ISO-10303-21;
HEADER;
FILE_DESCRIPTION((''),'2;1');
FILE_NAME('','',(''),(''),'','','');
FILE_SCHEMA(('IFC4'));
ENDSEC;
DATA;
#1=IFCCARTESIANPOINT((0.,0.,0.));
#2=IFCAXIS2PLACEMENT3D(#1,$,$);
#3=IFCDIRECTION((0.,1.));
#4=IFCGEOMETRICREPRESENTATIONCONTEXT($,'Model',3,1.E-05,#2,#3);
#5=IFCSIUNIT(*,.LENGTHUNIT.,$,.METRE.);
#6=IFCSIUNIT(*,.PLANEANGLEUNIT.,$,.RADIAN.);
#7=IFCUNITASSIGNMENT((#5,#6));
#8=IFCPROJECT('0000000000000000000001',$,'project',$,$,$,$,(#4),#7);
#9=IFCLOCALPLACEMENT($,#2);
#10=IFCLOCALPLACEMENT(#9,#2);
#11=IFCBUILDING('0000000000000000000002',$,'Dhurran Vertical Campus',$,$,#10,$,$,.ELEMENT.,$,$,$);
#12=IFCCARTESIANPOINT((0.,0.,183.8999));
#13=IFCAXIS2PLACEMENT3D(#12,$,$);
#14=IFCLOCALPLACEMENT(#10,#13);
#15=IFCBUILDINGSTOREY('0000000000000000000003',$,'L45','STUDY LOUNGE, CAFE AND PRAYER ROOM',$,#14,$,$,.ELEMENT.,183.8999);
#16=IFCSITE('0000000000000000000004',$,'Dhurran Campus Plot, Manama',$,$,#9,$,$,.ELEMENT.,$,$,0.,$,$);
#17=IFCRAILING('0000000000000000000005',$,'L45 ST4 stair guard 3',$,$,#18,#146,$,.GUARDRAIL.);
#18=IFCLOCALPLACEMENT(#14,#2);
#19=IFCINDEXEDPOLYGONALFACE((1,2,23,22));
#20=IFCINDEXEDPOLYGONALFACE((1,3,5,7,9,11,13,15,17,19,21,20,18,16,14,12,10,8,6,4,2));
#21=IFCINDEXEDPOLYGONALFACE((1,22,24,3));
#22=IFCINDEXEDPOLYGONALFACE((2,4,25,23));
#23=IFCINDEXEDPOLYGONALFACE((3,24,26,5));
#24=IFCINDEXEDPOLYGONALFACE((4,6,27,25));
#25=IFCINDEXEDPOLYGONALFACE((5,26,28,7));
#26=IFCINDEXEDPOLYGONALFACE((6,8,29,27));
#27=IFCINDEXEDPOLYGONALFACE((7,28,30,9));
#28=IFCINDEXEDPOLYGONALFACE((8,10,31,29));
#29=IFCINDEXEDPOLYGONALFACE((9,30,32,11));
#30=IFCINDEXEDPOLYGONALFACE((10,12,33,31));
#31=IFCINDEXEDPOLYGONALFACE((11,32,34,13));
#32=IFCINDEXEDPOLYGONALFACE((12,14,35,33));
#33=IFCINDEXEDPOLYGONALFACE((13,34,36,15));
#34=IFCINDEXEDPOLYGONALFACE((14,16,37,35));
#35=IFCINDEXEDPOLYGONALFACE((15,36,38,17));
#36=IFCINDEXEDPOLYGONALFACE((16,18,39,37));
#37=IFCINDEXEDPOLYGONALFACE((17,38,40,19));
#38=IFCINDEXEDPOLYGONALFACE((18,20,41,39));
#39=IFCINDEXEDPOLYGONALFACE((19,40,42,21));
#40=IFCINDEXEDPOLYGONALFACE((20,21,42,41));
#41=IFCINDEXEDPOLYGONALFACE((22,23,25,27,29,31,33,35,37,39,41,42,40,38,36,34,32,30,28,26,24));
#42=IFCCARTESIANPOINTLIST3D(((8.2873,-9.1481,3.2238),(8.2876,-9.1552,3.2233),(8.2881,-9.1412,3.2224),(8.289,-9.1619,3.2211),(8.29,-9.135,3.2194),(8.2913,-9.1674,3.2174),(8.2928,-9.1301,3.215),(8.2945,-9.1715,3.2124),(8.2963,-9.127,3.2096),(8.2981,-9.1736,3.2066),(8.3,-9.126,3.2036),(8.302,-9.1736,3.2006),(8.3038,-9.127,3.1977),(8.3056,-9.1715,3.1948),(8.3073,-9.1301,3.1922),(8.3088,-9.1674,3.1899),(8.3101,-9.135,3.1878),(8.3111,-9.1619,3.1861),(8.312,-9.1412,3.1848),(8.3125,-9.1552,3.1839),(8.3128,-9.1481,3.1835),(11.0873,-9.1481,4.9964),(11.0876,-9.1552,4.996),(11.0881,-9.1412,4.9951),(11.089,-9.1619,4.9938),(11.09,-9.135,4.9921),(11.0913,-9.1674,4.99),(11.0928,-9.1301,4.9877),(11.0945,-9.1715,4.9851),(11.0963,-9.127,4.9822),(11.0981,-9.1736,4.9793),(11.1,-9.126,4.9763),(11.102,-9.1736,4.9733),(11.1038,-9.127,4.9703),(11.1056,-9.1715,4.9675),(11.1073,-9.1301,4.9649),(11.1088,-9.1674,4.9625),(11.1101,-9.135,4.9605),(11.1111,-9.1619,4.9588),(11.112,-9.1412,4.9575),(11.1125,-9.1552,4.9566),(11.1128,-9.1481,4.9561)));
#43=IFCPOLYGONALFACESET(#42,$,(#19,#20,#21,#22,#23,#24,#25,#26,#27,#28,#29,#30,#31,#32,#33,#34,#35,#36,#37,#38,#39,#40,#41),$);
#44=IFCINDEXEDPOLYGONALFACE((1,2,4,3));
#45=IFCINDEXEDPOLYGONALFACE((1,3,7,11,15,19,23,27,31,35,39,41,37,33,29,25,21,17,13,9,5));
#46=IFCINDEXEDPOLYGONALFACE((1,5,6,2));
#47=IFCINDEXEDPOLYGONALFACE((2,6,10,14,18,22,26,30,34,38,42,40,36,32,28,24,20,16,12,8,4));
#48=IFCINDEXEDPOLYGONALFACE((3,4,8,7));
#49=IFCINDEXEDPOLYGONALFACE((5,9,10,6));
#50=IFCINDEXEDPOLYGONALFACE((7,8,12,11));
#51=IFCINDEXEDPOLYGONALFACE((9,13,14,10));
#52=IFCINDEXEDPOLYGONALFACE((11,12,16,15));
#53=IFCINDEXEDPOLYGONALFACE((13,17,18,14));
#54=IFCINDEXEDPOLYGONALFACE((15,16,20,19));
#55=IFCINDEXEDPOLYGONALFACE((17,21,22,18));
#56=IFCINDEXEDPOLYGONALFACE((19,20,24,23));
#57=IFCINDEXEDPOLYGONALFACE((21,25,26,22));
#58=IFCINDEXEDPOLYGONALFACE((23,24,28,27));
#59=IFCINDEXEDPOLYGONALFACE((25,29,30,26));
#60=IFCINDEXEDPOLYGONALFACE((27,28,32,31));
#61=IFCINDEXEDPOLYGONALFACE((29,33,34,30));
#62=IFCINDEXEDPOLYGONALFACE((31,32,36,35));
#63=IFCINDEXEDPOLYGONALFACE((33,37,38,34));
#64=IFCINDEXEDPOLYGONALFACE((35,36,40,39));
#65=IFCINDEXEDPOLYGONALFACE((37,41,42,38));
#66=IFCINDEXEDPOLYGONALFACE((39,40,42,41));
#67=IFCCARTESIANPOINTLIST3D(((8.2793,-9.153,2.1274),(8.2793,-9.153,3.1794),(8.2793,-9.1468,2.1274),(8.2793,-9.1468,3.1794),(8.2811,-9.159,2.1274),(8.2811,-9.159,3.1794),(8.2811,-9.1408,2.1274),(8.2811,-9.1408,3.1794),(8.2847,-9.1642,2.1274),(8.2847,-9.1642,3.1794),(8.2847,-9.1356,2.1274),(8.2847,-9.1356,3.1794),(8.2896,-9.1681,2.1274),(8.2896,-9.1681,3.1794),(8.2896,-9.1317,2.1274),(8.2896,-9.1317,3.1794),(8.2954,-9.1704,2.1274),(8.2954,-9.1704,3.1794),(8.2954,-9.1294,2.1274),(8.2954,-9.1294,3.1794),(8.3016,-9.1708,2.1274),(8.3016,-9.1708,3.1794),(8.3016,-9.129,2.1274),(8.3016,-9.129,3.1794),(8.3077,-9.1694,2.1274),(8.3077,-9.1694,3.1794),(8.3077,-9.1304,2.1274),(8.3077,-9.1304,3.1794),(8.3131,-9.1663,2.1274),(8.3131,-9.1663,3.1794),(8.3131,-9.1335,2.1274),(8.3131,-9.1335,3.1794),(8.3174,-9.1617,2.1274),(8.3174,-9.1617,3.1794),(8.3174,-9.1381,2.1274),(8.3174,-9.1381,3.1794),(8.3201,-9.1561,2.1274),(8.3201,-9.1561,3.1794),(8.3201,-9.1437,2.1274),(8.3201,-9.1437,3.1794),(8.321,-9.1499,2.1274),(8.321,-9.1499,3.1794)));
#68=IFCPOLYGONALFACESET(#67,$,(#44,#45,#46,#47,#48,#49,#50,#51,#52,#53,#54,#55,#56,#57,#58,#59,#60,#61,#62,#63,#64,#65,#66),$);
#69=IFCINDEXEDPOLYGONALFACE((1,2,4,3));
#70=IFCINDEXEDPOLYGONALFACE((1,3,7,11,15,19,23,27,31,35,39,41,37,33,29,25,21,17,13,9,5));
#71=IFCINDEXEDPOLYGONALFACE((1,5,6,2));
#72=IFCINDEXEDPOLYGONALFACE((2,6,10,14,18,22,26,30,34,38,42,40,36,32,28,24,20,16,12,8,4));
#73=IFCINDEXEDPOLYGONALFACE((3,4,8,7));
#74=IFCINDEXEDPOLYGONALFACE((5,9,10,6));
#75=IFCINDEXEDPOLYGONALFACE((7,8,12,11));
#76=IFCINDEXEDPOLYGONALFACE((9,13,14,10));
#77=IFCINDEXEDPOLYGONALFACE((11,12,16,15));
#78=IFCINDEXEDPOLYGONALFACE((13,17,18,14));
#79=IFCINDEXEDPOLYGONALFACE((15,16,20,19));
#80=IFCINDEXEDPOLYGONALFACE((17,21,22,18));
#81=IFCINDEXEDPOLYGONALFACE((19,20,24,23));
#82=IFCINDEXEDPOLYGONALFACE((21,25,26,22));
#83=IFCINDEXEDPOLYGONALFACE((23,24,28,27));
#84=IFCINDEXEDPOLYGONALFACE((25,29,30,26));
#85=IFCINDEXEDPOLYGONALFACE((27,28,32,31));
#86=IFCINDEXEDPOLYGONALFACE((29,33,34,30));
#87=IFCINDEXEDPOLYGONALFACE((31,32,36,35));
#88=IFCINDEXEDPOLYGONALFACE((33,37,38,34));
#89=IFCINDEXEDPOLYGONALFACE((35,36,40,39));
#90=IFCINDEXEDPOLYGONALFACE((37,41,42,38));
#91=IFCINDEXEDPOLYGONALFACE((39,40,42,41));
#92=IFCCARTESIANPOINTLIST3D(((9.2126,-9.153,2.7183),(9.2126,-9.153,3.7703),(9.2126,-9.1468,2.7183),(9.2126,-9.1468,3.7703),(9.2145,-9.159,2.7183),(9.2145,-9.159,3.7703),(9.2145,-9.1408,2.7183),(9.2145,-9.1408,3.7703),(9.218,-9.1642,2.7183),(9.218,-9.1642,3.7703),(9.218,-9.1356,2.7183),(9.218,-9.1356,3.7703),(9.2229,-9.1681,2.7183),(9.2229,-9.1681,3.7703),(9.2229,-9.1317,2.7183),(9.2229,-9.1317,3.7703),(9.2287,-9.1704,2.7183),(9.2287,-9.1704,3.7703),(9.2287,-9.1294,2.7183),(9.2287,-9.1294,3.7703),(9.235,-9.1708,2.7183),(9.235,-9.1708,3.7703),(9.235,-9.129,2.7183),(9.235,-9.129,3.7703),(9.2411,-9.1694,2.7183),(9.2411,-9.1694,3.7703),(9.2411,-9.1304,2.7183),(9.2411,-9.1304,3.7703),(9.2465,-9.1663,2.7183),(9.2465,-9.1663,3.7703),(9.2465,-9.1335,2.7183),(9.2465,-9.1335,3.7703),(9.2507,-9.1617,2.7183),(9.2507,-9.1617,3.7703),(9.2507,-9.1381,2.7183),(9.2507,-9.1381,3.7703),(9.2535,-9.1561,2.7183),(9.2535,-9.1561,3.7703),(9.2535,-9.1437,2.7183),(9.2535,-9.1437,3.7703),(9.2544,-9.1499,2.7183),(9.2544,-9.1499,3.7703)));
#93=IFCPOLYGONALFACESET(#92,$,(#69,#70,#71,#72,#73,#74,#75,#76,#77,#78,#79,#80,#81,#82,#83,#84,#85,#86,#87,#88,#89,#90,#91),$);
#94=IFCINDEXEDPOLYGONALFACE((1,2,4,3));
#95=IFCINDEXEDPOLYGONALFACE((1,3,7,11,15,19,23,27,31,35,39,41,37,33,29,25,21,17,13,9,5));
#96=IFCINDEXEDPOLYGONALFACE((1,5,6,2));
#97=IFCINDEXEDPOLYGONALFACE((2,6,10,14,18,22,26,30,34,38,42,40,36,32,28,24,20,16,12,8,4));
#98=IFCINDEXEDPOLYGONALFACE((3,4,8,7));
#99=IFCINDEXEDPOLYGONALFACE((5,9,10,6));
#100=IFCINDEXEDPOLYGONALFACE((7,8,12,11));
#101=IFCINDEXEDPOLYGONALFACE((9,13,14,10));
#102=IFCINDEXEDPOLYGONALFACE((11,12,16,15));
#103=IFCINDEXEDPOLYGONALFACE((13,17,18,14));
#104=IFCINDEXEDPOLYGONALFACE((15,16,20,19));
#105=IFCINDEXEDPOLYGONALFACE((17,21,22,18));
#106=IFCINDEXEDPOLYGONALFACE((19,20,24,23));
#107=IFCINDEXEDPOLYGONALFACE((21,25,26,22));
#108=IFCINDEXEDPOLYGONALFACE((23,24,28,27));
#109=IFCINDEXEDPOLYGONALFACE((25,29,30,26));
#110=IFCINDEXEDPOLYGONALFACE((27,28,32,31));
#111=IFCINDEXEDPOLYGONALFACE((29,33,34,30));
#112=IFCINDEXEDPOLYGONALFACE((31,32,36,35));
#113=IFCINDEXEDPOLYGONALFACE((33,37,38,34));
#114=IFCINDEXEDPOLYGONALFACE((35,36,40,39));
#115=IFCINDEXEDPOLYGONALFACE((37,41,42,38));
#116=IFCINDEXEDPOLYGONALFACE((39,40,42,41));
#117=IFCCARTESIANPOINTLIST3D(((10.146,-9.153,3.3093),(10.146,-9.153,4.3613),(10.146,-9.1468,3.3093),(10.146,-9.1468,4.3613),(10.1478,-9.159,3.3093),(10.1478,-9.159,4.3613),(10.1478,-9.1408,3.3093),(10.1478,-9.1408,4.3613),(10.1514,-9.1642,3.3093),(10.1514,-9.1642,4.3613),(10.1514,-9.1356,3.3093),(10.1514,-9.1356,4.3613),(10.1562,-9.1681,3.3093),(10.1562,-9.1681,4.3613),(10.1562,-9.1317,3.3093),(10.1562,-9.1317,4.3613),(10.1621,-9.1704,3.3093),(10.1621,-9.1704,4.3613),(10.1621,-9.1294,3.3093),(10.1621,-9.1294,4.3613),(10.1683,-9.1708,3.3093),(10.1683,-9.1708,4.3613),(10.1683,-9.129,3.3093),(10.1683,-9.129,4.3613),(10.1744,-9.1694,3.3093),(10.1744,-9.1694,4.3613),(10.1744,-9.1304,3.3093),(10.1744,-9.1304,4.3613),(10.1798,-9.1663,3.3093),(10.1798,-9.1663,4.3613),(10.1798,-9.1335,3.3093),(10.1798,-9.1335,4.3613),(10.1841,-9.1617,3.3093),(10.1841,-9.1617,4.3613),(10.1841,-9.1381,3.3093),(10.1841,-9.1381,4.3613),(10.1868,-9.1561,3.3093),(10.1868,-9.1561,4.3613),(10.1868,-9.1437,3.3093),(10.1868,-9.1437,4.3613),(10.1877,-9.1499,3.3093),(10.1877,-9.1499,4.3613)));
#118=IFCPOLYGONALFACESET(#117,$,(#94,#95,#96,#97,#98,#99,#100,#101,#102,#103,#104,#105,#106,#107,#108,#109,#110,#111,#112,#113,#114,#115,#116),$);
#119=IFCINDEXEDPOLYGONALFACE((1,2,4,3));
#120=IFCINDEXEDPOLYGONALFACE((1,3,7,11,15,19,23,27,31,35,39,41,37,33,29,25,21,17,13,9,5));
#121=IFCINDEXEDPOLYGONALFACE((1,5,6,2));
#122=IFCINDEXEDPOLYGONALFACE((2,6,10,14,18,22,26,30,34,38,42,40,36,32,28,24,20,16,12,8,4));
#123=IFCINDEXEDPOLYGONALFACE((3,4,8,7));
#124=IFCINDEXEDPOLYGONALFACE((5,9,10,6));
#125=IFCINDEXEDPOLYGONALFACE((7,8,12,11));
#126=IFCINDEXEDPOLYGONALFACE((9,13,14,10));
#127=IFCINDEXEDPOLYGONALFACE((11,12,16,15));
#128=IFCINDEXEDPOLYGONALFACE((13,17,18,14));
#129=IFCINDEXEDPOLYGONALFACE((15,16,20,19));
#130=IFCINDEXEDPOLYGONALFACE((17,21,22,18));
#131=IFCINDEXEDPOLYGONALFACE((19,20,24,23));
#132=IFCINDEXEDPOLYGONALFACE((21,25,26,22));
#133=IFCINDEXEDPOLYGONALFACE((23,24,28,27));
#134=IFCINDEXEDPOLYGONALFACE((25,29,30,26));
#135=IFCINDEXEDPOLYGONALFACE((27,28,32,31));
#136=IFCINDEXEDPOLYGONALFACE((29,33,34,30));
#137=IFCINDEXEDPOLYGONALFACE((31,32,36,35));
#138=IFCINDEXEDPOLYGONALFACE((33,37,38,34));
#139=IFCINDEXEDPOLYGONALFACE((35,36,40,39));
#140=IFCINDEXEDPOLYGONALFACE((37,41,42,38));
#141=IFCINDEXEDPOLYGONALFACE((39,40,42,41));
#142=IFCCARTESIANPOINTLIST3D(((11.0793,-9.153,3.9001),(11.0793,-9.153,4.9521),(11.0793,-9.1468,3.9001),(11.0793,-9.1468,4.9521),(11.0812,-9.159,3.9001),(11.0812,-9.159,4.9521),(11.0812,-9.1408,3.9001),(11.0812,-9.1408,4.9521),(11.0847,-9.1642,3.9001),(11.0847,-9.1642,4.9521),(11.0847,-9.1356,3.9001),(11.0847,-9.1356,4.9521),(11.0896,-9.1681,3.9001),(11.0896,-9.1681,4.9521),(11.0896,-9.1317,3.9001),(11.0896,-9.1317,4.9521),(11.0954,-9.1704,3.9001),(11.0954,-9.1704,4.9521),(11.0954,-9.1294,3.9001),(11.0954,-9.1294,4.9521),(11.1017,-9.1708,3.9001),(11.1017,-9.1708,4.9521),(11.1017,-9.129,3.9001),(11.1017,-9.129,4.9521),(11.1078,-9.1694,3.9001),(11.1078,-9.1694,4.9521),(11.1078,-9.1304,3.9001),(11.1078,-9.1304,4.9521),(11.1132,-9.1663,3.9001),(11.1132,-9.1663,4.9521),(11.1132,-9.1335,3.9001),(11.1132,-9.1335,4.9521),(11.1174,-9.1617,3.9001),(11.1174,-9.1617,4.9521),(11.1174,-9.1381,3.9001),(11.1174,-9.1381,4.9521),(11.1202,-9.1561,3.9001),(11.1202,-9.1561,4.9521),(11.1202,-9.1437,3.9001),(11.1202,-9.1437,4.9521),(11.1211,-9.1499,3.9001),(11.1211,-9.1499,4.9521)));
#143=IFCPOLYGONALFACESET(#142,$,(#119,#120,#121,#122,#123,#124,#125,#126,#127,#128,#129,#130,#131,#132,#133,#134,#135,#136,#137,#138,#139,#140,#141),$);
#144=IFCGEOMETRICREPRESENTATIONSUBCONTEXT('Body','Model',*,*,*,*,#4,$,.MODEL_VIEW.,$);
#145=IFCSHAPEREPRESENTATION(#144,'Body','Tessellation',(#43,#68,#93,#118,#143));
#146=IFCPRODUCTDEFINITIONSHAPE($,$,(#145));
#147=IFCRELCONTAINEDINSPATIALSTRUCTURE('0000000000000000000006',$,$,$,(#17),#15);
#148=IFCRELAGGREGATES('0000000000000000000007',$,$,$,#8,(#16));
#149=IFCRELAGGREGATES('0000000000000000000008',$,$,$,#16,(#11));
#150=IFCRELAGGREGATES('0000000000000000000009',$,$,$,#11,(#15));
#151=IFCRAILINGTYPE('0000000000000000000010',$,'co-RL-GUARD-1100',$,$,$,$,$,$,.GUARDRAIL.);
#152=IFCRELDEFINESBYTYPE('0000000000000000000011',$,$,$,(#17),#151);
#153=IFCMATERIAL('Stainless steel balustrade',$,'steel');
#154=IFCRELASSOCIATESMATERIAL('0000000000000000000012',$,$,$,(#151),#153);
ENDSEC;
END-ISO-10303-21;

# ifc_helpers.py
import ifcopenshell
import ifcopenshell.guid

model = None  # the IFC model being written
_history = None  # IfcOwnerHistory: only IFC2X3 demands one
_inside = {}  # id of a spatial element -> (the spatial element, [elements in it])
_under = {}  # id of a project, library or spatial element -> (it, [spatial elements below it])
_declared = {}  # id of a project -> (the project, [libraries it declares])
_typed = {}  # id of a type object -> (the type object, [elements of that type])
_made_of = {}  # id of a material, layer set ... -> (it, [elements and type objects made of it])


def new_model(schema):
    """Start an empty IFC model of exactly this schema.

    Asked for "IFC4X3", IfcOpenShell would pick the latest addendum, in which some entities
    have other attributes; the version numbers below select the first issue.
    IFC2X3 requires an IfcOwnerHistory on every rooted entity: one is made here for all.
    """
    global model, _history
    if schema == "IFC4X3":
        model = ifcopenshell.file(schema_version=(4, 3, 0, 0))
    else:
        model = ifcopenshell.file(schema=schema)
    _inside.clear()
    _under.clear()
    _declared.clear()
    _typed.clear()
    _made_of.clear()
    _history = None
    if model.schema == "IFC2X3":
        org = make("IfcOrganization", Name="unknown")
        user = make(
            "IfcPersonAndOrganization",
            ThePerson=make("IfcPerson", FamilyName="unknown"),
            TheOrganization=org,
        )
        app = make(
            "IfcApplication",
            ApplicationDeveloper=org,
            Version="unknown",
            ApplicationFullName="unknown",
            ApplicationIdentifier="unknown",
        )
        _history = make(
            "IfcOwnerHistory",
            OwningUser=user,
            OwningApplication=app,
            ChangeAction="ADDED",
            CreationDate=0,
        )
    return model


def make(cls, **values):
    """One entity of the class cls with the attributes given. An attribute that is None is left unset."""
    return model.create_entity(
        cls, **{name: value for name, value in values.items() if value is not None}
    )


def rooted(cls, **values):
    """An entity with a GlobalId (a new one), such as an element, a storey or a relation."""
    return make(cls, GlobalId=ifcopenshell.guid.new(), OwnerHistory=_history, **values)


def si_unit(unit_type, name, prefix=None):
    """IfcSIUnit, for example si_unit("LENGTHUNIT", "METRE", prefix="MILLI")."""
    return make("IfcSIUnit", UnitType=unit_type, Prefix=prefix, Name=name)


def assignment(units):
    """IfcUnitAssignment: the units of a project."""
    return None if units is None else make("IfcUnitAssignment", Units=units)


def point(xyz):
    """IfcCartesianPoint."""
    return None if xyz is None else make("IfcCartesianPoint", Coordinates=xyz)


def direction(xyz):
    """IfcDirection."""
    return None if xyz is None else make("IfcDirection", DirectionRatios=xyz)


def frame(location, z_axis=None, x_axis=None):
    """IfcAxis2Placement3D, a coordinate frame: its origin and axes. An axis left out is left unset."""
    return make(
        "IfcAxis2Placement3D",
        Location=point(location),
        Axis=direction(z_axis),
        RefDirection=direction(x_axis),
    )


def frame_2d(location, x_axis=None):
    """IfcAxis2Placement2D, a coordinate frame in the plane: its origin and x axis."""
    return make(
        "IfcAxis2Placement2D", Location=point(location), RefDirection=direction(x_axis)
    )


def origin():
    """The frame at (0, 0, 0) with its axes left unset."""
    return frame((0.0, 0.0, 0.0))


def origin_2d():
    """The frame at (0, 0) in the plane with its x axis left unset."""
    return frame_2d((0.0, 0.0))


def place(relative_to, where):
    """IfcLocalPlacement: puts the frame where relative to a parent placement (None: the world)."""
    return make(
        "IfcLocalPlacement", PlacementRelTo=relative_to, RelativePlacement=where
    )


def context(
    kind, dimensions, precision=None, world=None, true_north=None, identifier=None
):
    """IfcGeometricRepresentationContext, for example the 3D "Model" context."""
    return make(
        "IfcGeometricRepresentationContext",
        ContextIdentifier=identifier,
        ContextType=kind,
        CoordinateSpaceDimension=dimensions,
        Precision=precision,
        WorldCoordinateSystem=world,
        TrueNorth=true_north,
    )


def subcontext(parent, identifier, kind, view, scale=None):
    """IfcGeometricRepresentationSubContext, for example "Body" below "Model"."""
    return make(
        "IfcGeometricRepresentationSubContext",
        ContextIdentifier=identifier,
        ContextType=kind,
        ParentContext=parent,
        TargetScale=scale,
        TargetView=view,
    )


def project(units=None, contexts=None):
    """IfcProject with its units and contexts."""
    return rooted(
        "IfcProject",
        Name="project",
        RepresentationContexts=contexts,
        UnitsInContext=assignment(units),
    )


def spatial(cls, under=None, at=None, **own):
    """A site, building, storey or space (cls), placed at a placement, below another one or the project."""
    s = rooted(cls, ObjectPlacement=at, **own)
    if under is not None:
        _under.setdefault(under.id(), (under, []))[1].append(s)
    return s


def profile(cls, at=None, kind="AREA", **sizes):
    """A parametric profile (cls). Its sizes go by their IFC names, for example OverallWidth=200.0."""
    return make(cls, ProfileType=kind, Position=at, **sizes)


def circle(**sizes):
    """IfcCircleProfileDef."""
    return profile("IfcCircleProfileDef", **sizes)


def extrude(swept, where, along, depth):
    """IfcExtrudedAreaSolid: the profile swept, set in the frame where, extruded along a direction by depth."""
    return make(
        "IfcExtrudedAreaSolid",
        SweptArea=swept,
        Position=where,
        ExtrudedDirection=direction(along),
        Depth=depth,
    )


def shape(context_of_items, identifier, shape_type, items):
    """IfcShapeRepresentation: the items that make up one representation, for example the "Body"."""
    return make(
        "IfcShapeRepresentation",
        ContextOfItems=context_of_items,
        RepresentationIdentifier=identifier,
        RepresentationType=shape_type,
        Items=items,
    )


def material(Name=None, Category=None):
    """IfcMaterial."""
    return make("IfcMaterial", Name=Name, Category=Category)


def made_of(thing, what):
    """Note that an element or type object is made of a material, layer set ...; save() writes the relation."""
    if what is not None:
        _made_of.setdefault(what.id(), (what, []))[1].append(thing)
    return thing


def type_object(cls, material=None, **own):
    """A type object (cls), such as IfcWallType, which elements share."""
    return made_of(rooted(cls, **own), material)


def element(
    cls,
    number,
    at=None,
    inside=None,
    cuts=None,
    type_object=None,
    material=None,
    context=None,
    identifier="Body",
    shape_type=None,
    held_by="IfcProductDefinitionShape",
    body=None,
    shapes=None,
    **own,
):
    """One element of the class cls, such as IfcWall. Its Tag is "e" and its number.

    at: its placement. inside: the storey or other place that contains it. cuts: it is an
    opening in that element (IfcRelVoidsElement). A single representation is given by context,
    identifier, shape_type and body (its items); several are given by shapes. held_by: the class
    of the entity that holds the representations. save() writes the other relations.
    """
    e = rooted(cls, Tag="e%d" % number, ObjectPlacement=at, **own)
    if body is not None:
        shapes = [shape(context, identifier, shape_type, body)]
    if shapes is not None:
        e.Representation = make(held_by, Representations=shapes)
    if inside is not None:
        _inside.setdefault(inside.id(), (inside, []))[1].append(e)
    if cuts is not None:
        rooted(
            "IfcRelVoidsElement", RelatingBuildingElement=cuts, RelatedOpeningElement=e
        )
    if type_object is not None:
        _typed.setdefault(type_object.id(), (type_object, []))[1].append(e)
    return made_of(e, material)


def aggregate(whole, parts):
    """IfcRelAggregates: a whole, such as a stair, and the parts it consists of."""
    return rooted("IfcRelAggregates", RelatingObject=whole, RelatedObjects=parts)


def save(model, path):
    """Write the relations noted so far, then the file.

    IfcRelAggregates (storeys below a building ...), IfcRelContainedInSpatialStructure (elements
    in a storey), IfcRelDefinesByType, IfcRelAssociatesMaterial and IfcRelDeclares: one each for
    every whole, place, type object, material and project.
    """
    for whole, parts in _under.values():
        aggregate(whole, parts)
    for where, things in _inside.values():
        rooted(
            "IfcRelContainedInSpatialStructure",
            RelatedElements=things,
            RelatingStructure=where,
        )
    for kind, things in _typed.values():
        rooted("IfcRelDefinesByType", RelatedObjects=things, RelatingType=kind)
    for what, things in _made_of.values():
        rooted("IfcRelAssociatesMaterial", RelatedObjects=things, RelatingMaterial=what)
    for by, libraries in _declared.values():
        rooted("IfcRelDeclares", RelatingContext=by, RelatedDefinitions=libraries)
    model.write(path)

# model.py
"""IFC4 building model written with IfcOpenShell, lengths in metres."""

from ifc_helpers import new_model, si_unit, direction, frame, origin, origin_2d, place, context, subcontext, project, spatial, circle, extrude, material, type_object, element, save


model = new_model("IFC4")

# Units and contexts
model_context = context("Model", 3, precision=1e-05, world=origin(), true_north=direction((0.0, 1.0)))
body_context = subcontext(model_context, "Body", "Model", "MODEL_VIEW")
ifc_project = project(units=[si_unit("LENGTHUNIT", "METRE"), si_unit("PLANEANGLEUNIT", "RADIAN")], contexts=[model_context])

# Site, building, storey
site_placement = place(None, origin())
site = spatial("IfcSite", under=ifc_project, at=site_placement, Name="Dhurran Campus Plot, Manama", CompositionType="ELEMENT", RefElevation=0.0)
building_placement = place(site_placement, origin())
building = spatial("IfcBuilding", under=site, at=building_placement, Name="Dhurran Vertical Campus", CompositionType="ELEMENT")
storey_placement = place(building_placement, frame((0.0, 0.0, 183.8999)))
storey = spatial("IfcBuildingStorey", under=building, at=storey_placement, Name="L45", Description="STUDY LOUNGE, CAFE AND PRAYER ROOM", CompositionType="ELEMENT", Elevation=183.8999)

# Railing
ifc_material_1 = material(Name="Stainless steel balustrade", Category="steel")
railing_type_1 = type_object("IfcRailingType", Name="co-RL-GUARD-1100", PredefinedType="GUARDRAIL", material=ifc_material_1)
railing_1_placement = place(storey_placement, frame((8.3, -9.1499, 2.1274)))
element("IfcRailing", 1, at=railing_1_placement, inside=storey, type_object=railing_type_1, Name="L45 ST4 stair guard 3", PredefinedType="GUARDRAIL", context=body_context, shape_type="SweptSolid", body=[
    extrude(circle(Radius=0.0239, at=origin_2d()), frame((0.0, 0.0, 1.0762), z_axis=(0.844909, 0.0, 0.53491), x_axis=(0.0, 1.0, 0.0)), (0.0, 0.0, 1.0), 3.314),
    extrude(circle(Radius=0.021, at=origin_2d()), origin(), (0.0, 0.0, 1.0), 1.052),
    extrude(circle(Radius=0.021, at=origin_2d()), frame((0.9333, 0.0, 0.5908)), (0.0, 0.0, 1.0), 1.052),
    extrude(circle(Radius=0.021, at=origin_2d()), frame((1.8667, 0.0, 1.1819)), (0.0, 0.0, 1.0), 1.052),
    extrude(circle(Radius=0.021, at=origin_2d()), frame((2.8, 0.0, 1.7727)), (0.0, 0.0, 1.0), 1.052),
])

save(model, "model.ifc")
